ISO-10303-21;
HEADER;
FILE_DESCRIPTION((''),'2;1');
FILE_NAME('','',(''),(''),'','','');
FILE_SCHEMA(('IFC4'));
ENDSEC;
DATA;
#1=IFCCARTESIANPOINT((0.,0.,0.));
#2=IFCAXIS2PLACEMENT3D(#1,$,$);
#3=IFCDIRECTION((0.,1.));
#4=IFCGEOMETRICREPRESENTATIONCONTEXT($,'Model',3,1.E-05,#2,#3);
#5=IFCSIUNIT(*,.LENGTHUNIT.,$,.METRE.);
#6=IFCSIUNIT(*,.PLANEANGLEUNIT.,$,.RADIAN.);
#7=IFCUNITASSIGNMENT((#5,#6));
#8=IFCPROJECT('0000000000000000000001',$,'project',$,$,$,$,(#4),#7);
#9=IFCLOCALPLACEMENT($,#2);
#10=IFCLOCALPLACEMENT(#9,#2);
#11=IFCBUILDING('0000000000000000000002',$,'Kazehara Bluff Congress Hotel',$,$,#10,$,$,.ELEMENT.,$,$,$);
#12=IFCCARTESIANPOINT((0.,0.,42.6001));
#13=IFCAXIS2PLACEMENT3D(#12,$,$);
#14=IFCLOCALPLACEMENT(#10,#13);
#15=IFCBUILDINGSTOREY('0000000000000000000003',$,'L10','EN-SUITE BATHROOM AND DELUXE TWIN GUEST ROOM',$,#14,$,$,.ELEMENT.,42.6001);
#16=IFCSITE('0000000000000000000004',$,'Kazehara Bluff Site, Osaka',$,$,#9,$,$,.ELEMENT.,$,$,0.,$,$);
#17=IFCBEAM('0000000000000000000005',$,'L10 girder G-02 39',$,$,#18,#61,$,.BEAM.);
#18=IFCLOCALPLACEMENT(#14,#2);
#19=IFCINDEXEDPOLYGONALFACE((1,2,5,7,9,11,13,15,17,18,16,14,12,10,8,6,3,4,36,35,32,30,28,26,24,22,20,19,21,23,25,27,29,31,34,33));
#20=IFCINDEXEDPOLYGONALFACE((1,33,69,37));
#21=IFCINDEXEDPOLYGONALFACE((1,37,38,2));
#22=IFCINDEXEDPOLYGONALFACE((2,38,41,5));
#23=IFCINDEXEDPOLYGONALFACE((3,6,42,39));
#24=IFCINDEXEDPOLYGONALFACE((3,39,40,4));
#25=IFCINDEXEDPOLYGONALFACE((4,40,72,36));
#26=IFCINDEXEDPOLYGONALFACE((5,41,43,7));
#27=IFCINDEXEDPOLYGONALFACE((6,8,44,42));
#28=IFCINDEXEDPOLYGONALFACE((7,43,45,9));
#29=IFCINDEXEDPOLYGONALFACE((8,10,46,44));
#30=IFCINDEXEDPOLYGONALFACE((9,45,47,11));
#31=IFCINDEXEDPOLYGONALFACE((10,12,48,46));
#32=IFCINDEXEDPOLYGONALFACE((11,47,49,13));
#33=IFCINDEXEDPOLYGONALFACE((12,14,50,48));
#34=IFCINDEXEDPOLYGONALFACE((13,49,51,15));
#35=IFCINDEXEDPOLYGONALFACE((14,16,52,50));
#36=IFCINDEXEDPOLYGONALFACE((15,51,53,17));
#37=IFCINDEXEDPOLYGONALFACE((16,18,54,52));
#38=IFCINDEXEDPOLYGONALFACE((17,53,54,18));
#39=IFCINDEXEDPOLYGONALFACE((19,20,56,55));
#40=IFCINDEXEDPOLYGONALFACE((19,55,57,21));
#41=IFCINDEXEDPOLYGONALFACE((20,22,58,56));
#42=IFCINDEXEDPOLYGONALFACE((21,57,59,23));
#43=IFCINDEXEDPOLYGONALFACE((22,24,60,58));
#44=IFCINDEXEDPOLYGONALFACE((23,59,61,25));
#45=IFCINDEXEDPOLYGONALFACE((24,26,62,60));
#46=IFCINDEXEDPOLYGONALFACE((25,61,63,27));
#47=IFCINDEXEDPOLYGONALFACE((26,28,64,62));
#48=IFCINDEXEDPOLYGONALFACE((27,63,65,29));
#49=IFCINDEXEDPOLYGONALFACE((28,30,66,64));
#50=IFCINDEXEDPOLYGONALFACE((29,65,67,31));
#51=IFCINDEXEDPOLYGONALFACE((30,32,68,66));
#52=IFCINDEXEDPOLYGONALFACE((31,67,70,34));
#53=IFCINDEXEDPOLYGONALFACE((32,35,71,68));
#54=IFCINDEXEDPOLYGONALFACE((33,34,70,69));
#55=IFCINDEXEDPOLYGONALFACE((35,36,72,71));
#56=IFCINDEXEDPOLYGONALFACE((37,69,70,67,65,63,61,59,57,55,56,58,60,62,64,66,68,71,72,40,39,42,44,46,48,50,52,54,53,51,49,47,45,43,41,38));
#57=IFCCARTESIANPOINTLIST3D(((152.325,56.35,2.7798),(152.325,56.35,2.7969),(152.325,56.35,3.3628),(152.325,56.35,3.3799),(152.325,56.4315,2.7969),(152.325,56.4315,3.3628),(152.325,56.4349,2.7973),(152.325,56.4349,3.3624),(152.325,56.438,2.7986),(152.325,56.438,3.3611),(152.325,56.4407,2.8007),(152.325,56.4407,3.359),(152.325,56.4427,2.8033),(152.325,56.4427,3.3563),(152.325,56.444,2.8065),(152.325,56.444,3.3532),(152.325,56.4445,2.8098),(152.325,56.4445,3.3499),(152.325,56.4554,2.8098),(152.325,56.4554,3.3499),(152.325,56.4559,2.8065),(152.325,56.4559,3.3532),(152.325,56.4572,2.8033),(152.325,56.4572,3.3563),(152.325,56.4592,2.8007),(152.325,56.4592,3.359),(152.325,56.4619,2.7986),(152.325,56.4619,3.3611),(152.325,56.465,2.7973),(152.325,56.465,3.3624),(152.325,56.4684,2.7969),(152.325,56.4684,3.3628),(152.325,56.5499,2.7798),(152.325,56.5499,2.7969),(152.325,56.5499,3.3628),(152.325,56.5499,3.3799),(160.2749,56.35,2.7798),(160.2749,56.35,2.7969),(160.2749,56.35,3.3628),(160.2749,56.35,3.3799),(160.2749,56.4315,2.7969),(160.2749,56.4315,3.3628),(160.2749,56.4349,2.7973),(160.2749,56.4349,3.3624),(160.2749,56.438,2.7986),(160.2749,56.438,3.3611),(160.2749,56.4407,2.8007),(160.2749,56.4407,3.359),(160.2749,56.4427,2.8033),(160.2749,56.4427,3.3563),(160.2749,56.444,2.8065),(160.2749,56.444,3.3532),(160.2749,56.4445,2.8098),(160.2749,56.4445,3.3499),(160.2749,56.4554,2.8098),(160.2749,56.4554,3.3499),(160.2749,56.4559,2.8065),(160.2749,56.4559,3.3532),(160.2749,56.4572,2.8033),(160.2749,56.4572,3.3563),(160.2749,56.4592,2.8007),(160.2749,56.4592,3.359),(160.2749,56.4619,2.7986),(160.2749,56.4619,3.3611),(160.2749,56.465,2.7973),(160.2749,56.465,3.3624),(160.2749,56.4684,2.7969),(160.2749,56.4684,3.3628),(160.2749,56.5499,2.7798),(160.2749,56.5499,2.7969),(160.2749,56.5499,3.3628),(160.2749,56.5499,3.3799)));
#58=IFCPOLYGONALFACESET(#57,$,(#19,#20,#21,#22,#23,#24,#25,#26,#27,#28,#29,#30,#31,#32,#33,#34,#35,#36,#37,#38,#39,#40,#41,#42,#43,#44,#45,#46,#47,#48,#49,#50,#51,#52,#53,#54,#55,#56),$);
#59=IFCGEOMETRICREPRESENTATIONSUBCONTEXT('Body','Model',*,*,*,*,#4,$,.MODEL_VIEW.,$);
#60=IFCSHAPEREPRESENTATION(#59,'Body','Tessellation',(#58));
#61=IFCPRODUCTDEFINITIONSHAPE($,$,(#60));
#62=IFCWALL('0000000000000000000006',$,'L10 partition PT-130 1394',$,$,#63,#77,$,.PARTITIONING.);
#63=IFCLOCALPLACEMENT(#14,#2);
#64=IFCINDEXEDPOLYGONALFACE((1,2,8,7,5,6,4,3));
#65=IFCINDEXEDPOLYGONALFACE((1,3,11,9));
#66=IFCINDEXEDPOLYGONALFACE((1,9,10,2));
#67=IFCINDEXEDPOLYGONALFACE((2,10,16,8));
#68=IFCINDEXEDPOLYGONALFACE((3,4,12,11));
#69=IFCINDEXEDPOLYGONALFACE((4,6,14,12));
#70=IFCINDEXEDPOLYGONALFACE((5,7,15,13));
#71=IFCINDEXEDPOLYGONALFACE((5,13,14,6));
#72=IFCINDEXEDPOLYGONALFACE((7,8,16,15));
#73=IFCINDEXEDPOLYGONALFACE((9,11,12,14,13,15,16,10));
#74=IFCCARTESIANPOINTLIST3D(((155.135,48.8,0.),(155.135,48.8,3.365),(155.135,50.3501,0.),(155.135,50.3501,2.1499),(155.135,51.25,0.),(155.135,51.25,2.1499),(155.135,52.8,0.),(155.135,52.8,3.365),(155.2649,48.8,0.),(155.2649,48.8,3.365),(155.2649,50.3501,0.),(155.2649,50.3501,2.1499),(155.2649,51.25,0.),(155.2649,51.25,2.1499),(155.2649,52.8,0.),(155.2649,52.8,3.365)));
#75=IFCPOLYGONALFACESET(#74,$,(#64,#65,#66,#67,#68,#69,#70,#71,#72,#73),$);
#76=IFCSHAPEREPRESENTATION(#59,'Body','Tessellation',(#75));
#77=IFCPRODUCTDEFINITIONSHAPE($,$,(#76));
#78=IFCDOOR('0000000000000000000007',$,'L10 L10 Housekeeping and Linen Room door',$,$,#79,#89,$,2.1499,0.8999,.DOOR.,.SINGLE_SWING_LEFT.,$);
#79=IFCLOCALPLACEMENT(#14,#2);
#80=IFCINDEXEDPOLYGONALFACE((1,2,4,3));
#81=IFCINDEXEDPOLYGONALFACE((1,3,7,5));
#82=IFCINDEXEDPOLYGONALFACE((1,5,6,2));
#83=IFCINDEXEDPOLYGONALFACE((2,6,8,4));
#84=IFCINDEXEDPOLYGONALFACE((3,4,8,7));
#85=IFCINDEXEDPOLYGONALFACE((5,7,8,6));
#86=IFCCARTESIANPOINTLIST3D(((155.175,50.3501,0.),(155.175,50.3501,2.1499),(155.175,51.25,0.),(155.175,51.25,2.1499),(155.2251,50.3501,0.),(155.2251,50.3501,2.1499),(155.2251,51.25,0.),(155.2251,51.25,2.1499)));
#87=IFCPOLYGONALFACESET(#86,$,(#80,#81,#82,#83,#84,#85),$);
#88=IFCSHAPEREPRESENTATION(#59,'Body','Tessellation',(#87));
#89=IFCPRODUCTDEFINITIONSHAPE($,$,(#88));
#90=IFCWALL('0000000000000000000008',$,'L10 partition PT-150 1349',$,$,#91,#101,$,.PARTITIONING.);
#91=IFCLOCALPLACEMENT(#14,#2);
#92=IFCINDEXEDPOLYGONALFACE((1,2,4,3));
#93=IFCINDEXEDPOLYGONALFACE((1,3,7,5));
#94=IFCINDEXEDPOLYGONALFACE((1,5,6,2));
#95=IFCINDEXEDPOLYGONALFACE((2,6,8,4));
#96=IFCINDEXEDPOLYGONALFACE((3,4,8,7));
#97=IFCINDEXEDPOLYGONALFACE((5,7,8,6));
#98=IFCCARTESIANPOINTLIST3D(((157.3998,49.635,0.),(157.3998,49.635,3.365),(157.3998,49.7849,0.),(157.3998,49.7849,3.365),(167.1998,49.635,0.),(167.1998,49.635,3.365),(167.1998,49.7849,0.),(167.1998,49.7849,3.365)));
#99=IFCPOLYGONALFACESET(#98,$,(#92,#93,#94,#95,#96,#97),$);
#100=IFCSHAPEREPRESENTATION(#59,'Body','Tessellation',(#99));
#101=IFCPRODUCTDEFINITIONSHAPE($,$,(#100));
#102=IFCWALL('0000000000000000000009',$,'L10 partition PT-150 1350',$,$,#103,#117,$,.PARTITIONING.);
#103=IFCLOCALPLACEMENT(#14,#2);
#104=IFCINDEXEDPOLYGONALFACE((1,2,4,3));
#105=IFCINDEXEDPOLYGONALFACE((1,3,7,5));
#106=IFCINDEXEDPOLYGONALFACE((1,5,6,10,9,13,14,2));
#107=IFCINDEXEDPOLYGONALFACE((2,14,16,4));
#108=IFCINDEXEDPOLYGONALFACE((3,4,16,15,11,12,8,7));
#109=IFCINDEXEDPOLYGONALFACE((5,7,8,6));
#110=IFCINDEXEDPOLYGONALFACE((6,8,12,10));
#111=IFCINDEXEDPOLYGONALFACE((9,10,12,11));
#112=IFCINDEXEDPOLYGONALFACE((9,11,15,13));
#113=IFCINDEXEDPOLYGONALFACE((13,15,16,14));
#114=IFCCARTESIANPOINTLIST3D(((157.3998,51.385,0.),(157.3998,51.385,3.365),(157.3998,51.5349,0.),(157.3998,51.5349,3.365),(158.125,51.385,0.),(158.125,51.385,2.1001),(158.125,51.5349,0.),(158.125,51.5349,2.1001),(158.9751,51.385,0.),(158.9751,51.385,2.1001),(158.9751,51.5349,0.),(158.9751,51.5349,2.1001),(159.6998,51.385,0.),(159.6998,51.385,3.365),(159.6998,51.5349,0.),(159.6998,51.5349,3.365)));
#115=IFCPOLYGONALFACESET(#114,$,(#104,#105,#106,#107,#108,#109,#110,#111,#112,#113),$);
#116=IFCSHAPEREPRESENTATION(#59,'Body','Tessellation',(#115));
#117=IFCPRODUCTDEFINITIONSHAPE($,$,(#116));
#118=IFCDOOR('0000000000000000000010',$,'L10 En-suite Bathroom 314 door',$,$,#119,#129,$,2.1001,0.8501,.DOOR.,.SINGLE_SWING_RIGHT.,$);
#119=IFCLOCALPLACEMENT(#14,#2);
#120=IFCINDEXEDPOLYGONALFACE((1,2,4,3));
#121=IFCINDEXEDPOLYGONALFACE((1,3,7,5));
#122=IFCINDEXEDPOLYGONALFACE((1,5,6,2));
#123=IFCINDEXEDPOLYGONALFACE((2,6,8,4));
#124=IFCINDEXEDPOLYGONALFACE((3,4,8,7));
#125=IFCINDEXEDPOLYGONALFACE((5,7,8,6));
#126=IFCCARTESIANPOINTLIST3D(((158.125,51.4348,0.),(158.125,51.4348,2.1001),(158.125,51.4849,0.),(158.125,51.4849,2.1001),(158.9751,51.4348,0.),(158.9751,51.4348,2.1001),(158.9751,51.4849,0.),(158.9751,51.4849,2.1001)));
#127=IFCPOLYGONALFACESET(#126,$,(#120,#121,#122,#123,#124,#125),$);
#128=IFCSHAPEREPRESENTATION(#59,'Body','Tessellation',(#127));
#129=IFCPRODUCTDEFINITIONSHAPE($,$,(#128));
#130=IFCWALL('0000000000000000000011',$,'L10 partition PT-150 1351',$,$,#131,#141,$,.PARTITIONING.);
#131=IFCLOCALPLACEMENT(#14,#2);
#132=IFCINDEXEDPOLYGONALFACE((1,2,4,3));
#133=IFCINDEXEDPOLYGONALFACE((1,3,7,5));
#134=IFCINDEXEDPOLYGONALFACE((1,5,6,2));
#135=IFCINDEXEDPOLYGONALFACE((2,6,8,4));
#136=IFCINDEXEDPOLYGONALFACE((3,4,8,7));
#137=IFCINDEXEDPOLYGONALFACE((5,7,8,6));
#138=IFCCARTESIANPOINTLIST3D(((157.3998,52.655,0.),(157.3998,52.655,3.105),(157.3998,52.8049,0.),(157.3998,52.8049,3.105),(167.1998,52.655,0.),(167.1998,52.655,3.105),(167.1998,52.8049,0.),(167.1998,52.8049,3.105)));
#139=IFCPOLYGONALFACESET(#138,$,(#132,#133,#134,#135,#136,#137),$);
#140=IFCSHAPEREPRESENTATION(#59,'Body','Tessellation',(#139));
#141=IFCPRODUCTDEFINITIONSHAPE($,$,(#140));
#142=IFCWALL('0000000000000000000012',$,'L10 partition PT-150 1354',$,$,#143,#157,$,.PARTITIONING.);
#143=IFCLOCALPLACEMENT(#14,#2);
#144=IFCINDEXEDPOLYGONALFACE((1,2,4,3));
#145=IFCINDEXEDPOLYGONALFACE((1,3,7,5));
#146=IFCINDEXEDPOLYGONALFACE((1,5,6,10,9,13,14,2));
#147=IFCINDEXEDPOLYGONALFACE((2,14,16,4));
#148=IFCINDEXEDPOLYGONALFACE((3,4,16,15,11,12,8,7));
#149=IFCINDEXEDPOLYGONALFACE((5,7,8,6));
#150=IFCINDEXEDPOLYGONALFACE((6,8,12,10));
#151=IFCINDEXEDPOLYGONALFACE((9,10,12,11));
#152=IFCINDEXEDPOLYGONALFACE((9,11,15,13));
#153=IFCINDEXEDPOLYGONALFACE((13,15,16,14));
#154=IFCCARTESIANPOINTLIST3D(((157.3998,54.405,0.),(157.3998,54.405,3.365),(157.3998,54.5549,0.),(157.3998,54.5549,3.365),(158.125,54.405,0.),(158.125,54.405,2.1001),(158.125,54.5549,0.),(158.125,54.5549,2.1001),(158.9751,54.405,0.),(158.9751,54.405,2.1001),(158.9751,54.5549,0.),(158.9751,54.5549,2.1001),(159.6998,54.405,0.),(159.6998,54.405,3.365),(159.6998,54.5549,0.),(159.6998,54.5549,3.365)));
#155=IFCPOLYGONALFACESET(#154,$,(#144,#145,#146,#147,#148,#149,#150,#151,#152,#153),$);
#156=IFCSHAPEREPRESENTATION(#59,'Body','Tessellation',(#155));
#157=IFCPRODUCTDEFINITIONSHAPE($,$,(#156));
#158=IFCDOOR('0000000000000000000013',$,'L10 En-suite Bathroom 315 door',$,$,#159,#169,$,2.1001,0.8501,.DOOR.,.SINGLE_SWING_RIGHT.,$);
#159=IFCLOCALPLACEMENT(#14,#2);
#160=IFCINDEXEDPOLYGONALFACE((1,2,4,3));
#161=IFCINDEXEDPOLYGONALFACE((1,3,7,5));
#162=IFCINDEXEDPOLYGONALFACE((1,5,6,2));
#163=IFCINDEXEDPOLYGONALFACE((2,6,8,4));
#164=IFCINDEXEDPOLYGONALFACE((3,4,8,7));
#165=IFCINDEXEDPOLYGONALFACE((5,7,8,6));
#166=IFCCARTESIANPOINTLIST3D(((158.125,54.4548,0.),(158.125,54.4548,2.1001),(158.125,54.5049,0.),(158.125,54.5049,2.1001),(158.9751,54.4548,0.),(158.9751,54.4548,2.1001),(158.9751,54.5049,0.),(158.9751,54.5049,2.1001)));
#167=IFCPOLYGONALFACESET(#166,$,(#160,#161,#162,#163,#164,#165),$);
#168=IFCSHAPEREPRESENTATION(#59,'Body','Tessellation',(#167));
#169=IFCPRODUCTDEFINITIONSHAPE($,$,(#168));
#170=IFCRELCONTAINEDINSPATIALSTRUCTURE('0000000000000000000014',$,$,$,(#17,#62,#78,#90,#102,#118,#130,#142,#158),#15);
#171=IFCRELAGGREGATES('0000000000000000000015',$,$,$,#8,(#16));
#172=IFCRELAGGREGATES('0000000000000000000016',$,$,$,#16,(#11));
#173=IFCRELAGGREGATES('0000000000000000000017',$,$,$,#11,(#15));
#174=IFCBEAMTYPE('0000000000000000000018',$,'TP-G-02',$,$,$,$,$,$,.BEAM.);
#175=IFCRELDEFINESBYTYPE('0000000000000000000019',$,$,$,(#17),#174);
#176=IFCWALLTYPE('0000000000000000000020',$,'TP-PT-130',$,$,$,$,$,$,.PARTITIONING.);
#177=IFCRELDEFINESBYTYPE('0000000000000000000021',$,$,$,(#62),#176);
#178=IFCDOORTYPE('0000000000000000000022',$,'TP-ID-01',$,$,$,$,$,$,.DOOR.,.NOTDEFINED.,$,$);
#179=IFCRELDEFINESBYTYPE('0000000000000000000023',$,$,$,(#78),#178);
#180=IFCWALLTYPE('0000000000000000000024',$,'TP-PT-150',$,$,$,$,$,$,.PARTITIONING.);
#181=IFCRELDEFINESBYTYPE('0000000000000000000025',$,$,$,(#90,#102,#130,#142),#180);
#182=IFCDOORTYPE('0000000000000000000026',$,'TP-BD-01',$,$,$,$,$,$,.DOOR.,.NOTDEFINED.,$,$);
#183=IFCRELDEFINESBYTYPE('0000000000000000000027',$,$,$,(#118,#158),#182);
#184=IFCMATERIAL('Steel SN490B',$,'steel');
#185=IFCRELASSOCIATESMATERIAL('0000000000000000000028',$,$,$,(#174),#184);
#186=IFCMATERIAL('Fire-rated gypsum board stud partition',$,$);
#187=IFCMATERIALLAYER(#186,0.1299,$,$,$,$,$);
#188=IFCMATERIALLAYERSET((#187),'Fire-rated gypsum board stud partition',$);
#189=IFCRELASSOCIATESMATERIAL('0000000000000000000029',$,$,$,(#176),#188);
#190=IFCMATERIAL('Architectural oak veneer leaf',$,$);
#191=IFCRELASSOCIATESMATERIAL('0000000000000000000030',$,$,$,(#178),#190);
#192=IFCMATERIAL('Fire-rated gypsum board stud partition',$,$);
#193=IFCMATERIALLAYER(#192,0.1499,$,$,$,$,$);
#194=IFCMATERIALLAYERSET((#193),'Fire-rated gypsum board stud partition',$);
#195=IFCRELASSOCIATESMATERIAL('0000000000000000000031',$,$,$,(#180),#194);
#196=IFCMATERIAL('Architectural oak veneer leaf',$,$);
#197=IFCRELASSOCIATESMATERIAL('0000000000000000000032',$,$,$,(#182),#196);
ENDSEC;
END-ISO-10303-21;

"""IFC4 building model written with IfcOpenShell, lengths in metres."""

from ifc_helpers import new_model, si_unit, direction, frame, frame_2d, origin, origin_2d, place, context, subcontext, project, spatial, rectangle, i_section, extrude, material, layer, layer_set, material_profile, profile_set, type_object, element, fill, save


model = new_model("IFC4")

# Units and contexts
model_context = context("Model", 3, precision=1e-05, world=origin(), true_north=direction((0.0, 1.0)))
body_context = subcontext(model_context, "Body", "Model", "MODEL_VIEW")
ifc_project = project(units=[si_unit("LENGTHUNIT", "METRE"), si_unit("PLANEANGLEUNIT", "RADIAN")], contexts=[model_context])

# Site, building, storey
site_placement = place(None, origin())
site = spatial("IfcSite", under=ifc_project, at=site_placement, Name="Kazehara Bluff Site, Osaka", CompositionType="ELEMENT", RefElevation=0.0)
building_placement = place(site_placement, origin())
building = spatial("IfcBuilding", under=site, at=building_placement, Name="Kazehara Bluff Congress Hotel", CompositionType="ELEMENT")
storey_placement = place(building_placement, frame((0.0, 0.0, 42.6001)))
storey = spatial("IfcBuildingStorey", under=building, at=storey_placement, Name="L10", Description="EN-SUITE BATHROOM AND DELUXE TWIN GUEST ROOM", CompositionType="ELEMENT", Elevation=42.6001)

# Beam
ifc_material_1 = material(Name="Steel SN490B", Category="steel")
ifc_material_profile = material_profile(ifc_material_1, i_section(OverallWidth=0.2, OverallDepth=0.6001, WebThickness=0.011, FlangeThickness=0.0171, FilletRadius=0.0129, at=origin_2d()))
ifc_profile_set = profile_set([ifc_material_profile], Name="Steel SN490B")
beam_type = type_object("IfcBeamType", Name="TP-G-02", PredefinedType="BEAM", material=ifc_profile_set)
beam_placement = place(storey_placement, frame((152.325, 56.45, 3.0798), z_axis=(1.0, 0.0, 0.0), x_axis=(0.0, 1.0, 0.0)))
element("IfcBeam", 1, at=beam_placement, inside=storey, type_object=beam_type, Name="L10 girder G-02 39", PredefinedType="BEAM", context=body_context, shape_type="SweptSolid", body=[
    extrude(i_section(OverallWidth=0.2, OverallDepth=0.6001, WebThickness=0.011, FlangeThickness=0.0171, FilletRadius=0.0129, at=origin_2d()), origin(), (0.0, 0.0, 1.0), 7.95),
])

# Wall, opening, door
ifc_material_2 = material(Name="Fire-rated gypsum board stud partition")
ifc_layer_1 = layer(ifc_material_2, 0.1299)
ifc_layer_set_1 = layer_set([ifc_layer_1], Name="Fire-rated gypsum board stud partition")
wall_type_1 = type_object("IfcWallType", Name="TP-PT-130", PredefinedType="PARTITIONING", material=ifc_layer_set_1)
wall_1_placement = place(storey_placement, frame((155.2, 48.8, 0.0), z_axis=(0.0, 0.0, 1.0), x_axis=(0.0, 1.0, 0.0)))
wall_1 = element("IfcWall", 2, at=wall_1_placement, inside=storey, type_object=wall_type_1, Name="L10 partition PT-130 1394", PredefinedType="PARTITIONING", context=body_context, shape_type="SweptSolid", body=[
    extrude(rectangle(XDim=4.0, YDim=0.1299, at=frame_2d((2.0, 0.0))), origin(), (0.0, 0.0, 1.0), 3.365),
])
opening_1_placement = place(wall_1_placement, frame((1.55, 0.0, 0.0)))
opening_1 = element("IfcOpeningElement", 3, at=opening_1_placement, cuts=wall_1, PredefinedType="OPENING", context=body_context, shape_type="SweptSolid", body=[
    extrude(rectangle(XDim=0.8999, YDim=2.1499, at=frame_2d((0.45, 1.075))), frame((0.0, 0.075, 0.0), z_axis=(0.0, -1.0, 0.0), x_axis=(1.0, 0.0, 0.0)), (0.0, 0.0, 1.0), 0.1499),
])
ifc_material_3 = material(Name="Architectural oak veneer leaf")
door_type_1 = type_object("IfcDoorType", Name="TP-ID-01", OperationType="NOTDEFINED", PredefinedType="DOOR", material=ifc_material_3)
door_1_placement = place(opening_1_placement, origin())
door_1 = element("IfcDoor", 4, at=door_1_placement, inside=storey, type_object=door_type_1, Name="L10 L10 Housekeeping and Linen Room door", OperationType="SINGLE_SWING_LEFT", OverallHeight=2.1499, OverallWidth=0.8999, PredefinedType="DOOR", context=body_context, shape_type="SweptSolid", body=[
    extrude(rectangle(XDim=0.8999, YDim=2.1499, at=frame_2d((0.45, 1.075))), frame((0.0, 0.0249, 0.0), z_axis=(0.0, -1.0, 0.0), x_axis=(1.0, 0.0, 0.0)), (0.0, 0.0, 1.0), 0.05),
])
fill(opening_1, door_1)

# Wall
ifc_material_4 = material(Name="Fire-rated gypsum board stud partition")
ifc_layer_2 = layer(ifc_material_4, 0.1499)
ifc_layer_set_2 = layer_set([ifc_layer_2], Name="Fire-rated gypsum board stud partition")
wall_type_2 = type_object("IfcWallType", Name="TP-PT-150", PredefinedType="PARTITIONING", material=ifc_layer_set_2)
wall_2_placement = place(storey_placement, frame((157.3999, 49.71, 0.0), z_axis=(0.0, 0.0, 1.0), x_axis=(1.0, 0.0, 0.0)))
element("IfcWall", 5, at=wall_2_placement, inside=storey, type_object=wall_type_2, Name="L10 partition PT-150 1349", PredefinedType="PARTITIONING", context=body_context, shape_type="SweptSolid", body=[
    extrude(rectangle(XDim=9.8, YDim=0.1499, at=frame_2d((4.8999, 0.0))), origin(), (0.0, 0.0, 1.0), 3.365),
])

# Wall, opening, door
wall_3_placement = place(storey_placement, frame((157.3999, 51.46, 0.0), z_axis=(0.0, 0.0, 1.0), x_axis=(1.0, 0.0, 0.0)))
wall_3 = element("IfcWall", 6, at=wall_3_placement, inside=storey, type_object=wall_type_2, Name="L10 partition PT-150 1350", PredefinedType="PARTITIONING", context=body_context, shape_type="SweptSolid", body=[
    extrude(rectangle(XDim=2.3, YDim=0.1499, at=frame_2d((1.1499, 0.0))), origin(), (0.0, 0.0, 1.0), 3.365),
])
opening_2_placement = place(wall_3_placement, frame((0.7251, 0.0, 0.0)))
opening_2 = element("IfcOpeningElement", 7, at=opening_2_placement, cuts=wall_3, PredefinedType="OPENING", context=body_context, shape_type="SweptSolid", body=[
    extrude(rectangle(XDim=0.8501, YDim=2.1001, at=frame_2d((0.425, 1.05))), frame((0.0, 0.085, 0.0), z_axis=(0.0, -1.0, 0.0), x_axis=(1.0, 0.0, 0.0)), (0.0, 0.0, 1.0), 0.1699),
])
ifc_material_5 = material(Name="Architectural oak veneer leaf")
door_type_2 = type_object("IfcDoorType", Name="TP-BD-01", OperationType="NOTDEFINED", PredefinedType="DOOR", material=ifc_material_5)
door_2_placement = place(opening_2_placement, origin())
door_2 = element("IfcDoor", 8, at=door_2_placement, inside=storey, type_object=door_type_2, Name="L10 En-suite Bathroom 314 door", OperationType="SINGLE_SWING_RIGHT", OverallHeight=2.1001, OverallWidth=0.8501, PredefinedType="DOOR", context=body_context, shape_type="SweptSolid", body=[
    extrude(rectangle(XDim=0.8501, YDim=2.1001, at=frame_2d((0.425, 1.05))), frame((0.0, 0.0249, 0.0), z_axis=(0.0, -1.0, 0.0), x_axis=(1.0, 0.0, 0.0)), (0.0, 0.0, 1.0), 0.05),
])
fill(opening_2, door_2)

# Wall
wall_4_placement = place(storey_placement, frame((157.3999, 52.73, 0.0), z_axis=(0.0, 0.0, 1.0), x_axis=(1.0, 0.0, 0.0)))
element("IfcWall", 9, at=wall_4_placement, inside=storey, type_object=wall_type_2, Name="L10 partition PT-150 1351", PredefinedType="PARTITIONING", context=body_context, shape_type="SweptSolid", body=[
    extrude(rectangle(XDim=9.8, YDim=0.1499, at=frame_2d((4.8999, 0.0))), origin(), (0.0, 0.0, 1.0), 3.105),
])

# Wall, opening, door
wall_5_placement = place(storey_placement, frame((157.3999, 54.48, 0.0), z_axis=(0.0, 0.0, 1.0), x_axis=(1.0, 0.0, 0.0)))
wall_5 = element("IfcWall", 10, at=wall_5_placement, inside=storey, type_object=wall_type_2, Name="L10 partition PT-150 1354", PredefinedType="PARTITIONING", context=body_context, shape_type="SweptSolid", body=[
    extrude(rectangle(XDim=2.3, YDim=0.1499, at=frame_2d((1.1499, 0.0))), origin(), (0.0, 0.0, 1.0), 3.365),
])
opening_3_placement = place(wall_5_placement, frame((0.7251, 0.0, 0.0)))
opening_3 = element("IfcOpeningElement", 11, at=opening_3_placement, cuts=wall_5, PredefinedType="OPENING", context=body_context, shape_type="SweptSolid", body=[
    extrude(rectangle(XDim=0.8501, YDim=2.1001, at=frame_2d((0.425, 1.05))), frame((0.0, 0.085, 0.0), z_axis=(0.0, -1.0, 0.0), x_axis=(1.0, 0.0, 0.0)), (0.0, 0.0, 1.0), 0.1699),
])
door_3_placement = place(opening_3_placement, origin())
door_3 = element("IfcDoor", 12, at=door_3_placement, inside=storey, type_object=door_type_2, Name="L10 En-suite Bathroom 315 door", OperationType="SINGLE_SWING_RIGHT", OverallHeight=2.1001, OverallWidth=0.8501, PredefinedType="DOOR", context=body_context, shape_type="SweptSolid", body=[
    extrude(rectangle(XDim=0.8501, YDim=2.1001, at=frame_2d((0.425, 1.05))), frame((0.0, 0.0249, 0.0), z_axis=(0.0, -1.0, 0.0), x_axis=(1.0, 0.0, 0.0)), (0.0, 0.0, 1.0), 0.05),
])
fill(opening_3, door_3)

save(model, "model.ifc")
